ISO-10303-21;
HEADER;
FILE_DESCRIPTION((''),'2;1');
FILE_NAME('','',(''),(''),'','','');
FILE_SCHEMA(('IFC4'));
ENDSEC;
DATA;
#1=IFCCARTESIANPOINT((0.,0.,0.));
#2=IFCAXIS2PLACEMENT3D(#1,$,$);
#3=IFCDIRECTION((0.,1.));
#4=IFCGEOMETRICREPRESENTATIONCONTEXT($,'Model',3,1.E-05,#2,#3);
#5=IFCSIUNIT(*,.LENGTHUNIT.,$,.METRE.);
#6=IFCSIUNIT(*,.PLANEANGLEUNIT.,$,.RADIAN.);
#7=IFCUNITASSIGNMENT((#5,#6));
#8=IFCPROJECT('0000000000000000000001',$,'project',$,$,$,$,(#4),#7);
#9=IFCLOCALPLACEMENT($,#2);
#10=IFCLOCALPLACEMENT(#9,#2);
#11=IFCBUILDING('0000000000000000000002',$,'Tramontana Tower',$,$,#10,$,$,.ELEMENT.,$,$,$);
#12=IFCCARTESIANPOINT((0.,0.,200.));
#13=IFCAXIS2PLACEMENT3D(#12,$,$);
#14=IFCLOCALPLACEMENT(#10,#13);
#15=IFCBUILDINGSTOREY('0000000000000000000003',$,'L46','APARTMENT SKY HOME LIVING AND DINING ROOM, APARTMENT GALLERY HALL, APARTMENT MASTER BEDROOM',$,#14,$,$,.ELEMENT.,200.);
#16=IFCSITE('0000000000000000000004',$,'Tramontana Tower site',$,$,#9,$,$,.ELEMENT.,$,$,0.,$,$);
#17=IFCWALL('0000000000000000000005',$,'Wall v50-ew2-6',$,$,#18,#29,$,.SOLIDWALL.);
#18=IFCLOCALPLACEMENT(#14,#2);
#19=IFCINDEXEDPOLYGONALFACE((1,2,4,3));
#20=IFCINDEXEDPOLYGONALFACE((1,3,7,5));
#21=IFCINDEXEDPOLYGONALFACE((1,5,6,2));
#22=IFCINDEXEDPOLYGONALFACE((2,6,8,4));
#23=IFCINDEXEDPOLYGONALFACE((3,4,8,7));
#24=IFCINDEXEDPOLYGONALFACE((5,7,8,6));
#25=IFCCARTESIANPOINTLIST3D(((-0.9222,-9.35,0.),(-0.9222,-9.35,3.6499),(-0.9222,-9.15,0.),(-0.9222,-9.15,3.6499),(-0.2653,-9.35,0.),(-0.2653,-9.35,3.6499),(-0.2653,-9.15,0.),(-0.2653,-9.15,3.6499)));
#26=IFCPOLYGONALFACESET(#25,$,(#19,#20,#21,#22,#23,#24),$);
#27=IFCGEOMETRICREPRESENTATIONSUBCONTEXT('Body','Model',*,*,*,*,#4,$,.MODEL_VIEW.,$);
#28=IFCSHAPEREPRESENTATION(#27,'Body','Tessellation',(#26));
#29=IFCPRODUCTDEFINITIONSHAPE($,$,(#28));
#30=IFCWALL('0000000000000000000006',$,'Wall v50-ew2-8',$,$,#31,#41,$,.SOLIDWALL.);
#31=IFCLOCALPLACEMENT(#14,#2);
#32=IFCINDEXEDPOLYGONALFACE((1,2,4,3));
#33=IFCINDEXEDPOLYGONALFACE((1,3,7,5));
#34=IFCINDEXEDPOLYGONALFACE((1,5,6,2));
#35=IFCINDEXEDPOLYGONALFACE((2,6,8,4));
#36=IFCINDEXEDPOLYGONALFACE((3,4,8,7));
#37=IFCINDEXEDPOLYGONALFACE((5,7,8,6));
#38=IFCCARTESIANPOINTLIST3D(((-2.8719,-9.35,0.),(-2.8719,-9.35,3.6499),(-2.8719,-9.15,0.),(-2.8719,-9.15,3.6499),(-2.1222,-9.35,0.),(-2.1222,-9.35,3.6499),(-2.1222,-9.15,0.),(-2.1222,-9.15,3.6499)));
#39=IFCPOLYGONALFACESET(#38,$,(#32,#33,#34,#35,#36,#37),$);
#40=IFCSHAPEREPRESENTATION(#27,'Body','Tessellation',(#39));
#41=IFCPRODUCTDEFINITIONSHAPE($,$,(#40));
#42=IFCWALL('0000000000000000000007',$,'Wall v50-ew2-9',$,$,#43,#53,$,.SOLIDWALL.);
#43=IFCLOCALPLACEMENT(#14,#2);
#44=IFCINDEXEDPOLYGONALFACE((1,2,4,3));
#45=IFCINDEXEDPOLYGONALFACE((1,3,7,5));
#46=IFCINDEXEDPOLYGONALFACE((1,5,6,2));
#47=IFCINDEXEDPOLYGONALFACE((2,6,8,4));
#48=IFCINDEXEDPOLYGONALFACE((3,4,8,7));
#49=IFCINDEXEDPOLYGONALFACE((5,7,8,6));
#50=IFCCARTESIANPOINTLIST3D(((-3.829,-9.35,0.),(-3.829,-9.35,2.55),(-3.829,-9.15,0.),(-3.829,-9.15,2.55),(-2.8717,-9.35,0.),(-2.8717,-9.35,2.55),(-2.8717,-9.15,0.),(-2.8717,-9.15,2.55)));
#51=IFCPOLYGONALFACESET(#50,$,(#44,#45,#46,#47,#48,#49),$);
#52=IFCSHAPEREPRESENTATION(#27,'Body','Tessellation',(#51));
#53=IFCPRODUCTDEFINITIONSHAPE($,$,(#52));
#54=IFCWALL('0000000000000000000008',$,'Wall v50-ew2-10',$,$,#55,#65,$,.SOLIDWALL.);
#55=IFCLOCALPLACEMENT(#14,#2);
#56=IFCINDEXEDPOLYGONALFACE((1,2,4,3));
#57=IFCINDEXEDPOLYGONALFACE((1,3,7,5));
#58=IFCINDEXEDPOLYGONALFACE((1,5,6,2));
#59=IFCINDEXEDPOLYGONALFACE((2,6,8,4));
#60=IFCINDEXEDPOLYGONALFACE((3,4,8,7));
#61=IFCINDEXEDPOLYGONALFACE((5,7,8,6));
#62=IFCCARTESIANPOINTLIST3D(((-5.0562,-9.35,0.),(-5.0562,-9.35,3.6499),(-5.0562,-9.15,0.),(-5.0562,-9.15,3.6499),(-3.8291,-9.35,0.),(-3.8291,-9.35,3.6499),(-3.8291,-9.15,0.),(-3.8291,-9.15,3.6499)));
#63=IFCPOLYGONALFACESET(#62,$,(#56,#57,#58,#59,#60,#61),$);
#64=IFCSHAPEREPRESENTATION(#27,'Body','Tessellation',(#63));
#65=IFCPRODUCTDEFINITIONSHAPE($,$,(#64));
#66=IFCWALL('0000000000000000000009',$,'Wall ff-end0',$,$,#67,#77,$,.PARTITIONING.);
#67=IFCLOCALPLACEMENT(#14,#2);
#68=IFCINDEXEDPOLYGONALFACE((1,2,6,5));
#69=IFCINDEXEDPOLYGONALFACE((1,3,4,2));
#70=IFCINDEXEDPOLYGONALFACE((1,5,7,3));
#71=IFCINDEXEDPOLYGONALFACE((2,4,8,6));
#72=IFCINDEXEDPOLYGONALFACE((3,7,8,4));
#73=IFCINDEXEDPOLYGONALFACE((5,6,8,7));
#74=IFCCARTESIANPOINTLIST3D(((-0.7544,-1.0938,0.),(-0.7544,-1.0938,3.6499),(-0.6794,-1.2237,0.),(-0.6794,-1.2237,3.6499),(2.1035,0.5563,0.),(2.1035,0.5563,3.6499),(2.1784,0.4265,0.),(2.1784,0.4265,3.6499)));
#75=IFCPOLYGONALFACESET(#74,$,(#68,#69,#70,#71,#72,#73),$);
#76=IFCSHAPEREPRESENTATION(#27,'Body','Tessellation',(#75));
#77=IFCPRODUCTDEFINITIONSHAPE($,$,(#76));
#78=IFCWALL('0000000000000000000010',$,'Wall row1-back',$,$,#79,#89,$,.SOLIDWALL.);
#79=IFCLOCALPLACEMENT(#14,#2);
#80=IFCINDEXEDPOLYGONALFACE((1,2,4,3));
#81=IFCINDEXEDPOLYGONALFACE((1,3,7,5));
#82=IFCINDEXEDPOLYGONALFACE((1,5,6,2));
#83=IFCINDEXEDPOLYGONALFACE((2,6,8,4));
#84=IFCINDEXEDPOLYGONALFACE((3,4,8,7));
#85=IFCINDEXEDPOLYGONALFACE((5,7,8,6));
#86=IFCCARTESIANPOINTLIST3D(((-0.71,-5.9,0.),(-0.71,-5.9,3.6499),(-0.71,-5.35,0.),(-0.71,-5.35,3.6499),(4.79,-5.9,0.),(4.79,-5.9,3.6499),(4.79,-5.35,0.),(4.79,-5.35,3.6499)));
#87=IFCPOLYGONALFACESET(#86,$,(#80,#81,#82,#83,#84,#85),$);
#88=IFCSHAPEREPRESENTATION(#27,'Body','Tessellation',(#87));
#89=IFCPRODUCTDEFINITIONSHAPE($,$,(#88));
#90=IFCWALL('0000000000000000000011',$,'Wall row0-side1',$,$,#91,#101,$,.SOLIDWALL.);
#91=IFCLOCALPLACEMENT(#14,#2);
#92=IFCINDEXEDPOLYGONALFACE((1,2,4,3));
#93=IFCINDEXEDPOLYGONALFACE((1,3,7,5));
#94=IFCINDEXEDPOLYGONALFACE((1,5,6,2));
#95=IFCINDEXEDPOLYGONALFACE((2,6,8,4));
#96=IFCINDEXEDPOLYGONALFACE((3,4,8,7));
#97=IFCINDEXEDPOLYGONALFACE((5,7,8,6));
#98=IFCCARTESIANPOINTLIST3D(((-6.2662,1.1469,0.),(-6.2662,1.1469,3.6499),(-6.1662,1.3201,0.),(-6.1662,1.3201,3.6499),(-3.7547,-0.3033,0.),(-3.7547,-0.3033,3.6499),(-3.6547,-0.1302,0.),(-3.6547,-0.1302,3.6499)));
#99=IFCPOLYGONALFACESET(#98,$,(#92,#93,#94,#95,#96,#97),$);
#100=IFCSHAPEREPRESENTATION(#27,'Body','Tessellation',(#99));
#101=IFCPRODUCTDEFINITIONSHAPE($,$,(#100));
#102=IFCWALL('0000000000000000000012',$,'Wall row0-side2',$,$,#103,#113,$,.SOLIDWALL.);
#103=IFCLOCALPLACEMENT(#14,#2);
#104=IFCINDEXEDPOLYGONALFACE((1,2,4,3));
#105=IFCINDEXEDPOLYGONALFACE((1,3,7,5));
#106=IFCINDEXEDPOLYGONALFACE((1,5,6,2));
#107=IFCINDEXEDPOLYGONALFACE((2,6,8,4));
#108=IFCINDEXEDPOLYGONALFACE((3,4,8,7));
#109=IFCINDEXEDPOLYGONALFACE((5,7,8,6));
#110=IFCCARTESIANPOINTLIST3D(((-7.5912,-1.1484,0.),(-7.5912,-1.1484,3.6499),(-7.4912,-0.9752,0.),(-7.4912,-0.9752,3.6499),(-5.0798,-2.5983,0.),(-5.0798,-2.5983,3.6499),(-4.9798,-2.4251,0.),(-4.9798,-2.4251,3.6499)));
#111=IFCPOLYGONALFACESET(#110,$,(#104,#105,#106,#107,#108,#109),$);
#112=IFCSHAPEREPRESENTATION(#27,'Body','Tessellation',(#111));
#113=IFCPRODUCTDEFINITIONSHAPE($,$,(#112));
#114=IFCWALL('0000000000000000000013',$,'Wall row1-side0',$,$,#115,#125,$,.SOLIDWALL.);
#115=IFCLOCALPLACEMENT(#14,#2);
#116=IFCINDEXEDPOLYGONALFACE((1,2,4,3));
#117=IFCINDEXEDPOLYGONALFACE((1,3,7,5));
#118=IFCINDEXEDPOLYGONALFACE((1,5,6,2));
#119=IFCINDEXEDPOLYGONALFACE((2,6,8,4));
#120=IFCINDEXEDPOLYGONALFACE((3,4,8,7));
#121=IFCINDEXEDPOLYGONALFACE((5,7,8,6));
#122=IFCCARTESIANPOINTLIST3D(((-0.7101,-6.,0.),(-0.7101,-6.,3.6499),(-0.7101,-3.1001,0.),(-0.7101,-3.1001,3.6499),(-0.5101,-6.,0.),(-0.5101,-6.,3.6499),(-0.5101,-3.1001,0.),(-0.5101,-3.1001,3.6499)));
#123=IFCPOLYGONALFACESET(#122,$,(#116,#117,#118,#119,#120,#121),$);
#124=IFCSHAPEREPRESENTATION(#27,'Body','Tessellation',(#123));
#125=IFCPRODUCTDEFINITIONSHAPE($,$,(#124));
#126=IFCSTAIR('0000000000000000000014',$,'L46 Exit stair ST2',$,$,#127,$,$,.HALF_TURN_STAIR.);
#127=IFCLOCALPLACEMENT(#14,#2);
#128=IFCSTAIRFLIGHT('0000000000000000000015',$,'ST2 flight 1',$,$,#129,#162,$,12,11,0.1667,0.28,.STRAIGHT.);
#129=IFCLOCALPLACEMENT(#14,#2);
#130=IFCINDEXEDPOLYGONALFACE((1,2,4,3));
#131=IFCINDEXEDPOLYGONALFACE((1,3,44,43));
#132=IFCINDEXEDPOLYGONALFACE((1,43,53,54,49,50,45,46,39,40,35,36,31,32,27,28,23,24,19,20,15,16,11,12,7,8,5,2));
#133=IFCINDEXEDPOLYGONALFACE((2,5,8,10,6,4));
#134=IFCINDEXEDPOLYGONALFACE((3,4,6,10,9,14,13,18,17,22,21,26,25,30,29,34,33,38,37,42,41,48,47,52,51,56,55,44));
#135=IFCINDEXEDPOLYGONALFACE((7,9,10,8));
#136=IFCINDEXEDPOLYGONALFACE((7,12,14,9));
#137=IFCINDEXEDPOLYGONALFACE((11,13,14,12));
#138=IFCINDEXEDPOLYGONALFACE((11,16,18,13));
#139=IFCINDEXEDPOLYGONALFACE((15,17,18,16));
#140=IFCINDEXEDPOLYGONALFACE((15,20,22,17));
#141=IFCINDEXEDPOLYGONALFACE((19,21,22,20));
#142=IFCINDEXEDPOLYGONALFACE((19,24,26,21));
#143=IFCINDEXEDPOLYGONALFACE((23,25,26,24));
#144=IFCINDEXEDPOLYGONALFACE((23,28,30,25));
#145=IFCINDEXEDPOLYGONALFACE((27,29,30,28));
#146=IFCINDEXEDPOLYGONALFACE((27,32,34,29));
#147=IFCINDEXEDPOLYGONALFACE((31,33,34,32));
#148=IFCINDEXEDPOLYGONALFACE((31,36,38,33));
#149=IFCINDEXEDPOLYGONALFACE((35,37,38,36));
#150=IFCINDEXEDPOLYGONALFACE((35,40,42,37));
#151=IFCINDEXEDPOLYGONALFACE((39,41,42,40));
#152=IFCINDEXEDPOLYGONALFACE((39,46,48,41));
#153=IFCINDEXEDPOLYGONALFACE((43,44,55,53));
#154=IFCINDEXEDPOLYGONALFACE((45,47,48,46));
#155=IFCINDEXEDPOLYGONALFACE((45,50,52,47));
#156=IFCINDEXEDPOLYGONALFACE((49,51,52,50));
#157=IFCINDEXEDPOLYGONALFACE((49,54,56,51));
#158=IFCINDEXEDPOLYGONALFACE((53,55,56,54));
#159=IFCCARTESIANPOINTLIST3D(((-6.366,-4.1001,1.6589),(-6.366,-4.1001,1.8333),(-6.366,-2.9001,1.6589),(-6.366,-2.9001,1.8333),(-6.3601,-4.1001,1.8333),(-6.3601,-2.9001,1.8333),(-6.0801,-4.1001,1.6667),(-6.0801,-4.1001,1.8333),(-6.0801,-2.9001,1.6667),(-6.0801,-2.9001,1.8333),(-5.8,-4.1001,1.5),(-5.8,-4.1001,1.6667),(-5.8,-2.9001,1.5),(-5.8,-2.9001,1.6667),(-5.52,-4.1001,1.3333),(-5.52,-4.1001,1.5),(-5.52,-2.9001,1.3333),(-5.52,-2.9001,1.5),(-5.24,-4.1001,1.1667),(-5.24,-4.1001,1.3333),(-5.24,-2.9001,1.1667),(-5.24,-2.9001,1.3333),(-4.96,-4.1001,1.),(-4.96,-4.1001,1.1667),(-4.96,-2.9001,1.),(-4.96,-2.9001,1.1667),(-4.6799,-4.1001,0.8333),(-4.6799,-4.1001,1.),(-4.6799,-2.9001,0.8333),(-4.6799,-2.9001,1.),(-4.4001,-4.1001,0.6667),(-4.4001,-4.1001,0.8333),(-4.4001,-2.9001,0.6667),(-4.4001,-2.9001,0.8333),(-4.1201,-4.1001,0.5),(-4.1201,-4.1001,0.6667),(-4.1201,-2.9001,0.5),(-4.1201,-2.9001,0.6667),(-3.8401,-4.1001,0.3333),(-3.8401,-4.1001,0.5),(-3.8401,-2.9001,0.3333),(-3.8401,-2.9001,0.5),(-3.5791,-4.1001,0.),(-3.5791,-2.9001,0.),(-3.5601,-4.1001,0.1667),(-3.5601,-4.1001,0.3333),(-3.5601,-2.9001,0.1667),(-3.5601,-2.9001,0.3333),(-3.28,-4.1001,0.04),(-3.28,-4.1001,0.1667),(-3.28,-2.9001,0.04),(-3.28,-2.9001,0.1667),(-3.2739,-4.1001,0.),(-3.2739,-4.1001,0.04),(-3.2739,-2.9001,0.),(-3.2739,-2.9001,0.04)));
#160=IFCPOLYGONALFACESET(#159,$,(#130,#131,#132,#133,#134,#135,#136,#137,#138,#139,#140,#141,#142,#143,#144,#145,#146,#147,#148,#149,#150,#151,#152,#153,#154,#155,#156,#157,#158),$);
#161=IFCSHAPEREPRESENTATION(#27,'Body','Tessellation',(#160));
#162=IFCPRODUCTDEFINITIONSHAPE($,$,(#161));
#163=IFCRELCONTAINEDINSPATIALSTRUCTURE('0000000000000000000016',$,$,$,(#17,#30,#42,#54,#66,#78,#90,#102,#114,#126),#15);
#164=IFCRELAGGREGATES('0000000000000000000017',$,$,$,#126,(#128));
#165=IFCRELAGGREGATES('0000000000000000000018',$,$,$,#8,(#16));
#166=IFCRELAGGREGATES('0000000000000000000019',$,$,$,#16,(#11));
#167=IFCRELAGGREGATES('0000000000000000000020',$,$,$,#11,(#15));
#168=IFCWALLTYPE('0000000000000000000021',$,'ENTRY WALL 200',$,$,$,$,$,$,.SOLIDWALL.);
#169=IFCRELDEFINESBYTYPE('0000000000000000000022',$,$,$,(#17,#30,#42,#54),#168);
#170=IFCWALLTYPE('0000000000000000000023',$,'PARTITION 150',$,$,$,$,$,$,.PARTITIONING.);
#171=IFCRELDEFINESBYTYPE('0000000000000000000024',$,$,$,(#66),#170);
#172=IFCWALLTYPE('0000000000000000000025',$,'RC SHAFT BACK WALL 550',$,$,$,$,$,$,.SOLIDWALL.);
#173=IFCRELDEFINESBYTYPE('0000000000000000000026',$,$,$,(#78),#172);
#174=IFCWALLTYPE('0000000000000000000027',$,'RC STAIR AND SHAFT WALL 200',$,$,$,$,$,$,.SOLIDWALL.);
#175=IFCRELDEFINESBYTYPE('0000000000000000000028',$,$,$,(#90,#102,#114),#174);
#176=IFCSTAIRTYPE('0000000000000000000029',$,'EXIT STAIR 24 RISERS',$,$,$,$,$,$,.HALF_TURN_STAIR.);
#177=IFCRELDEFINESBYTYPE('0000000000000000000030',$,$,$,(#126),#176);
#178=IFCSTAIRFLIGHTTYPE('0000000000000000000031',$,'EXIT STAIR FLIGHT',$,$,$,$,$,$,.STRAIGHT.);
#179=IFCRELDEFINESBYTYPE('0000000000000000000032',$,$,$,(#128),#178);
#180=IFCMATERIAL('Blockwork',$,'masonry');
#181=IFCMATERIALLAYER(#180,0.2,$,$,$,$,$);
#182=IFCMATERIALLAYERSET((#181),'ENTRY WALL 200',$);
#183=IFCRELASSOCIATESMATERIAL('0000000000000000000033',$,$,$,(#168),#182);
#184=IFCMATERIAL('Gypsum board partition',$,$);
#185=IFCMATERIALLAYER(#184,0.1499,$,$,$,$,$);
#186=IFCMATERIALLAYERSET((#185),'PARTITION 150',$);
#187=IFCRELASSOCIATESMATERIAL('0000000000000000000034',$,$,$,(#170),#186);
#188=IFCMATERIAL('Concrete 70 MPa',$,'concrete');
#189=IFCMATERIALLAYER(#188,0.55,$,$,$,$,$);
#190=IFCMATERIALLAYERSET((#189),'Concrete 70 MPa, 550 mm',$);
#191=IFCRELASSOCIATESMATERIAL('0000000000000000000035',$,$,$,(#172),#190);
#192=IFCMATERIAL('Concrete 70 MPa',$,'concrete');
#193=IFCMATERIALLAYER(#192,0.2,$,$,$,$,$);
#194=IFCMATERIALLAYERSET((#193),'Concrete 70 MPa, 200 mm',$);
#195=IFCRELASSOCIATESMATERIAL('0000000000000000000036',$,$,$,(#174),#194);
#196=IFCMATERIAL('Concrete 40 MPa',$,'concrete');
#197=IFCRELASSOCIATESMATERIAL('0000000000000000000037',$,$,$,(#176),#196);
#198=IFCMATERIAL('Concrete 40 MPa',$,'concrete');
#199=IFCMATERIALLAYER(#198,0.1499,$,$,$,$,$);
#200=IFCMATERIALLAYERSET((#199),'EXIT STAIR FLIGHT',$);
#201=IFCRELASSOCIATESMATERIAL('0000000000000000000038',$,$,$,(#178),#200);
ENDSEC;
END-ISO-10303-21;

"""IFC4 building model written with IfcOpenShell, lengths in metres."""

from ifc_helpers import new_model, si_unit, direction, frame, frame_2d, origin, place, context, subcontext, project, spatial, polyline, rectangle, outline, extrude, material, layer, layer_set, type_object, element, aggregate, save


model = new_model("IFC4")

# Units and contexts
model_context = context("Model", 3, precision=1e-05, world=origin(), true_north=direction((0.0, 1.0)))
body_context = subcontext(model_context, "Body", "Model", "MODEL_VIEW")
ifc_project = project(units=[si_unit("LENGTHUNIT", "METRE"), si_unit("PLANEANGLEUNIT", "RADIAN")], contexts=[model_context])

# Site, building, storey
site_placement = place(None, origin())
site = spatial("IfcSite", under=ifc_project, at=site_placement, Name="Tramontana Tower site", CompositionType="ELEMENT", RefElevation=0.0)
building_placement = place(site_placement, origin())
building = spatial("IfcBuilding", under=site, at=building_placement, Name="Tramontana Tower", CompositionType="ELEMENT")
storey_placement = place(building_placement, frame((0.0, 0.0, 200.0)))
storey = spatial("IfcBuildingStorey", under=building, at=storey_placement, Name="L46", Description="APARTMENT SKY HOME LIVING AND DINING ROOM, APARTMENT GALLERY HALL, APARTMENT MASTER BEDROOM", CompositionType="ELEMENT", Elevation=200.0)

# Wall
ifc_material_1 = material(Name="Blockwork", Category="masonry")
ifc_layer_1 = layer(ifc_material_1, 0.2)
ifc_layer_set_1 = layer_set([ifc_layer_1], Name="ENTRY WALL 200")
wall_type_1 = type_object("IfcWallType", Name="ENTRY WALL 200", PredefinedType="SOLIDWALL", material=ifc_layer_set_1)
wall_1_placement = place(storey_placement, frame((-0.2651, -9.25, 0.0), z_axis=(0.0, 0.0, 1.0), x_axis=(-1.0, 0.0, 0.0)))
element("IfcWall", 1, at=wall_1_placement, inside=storey, type_object=wall_type_1, Name="Wall v50-ew2-6", PredefinedType="SOLIDWALL", context=body_context, shape_type="SweptSolid", body=[
    extrude(rectangle(XDim=0.657, YDim=0.2, at=frame_2d((0.3286, 0.0))), origin(), (0.0, 0.0, 1.0), 3.6499),
])

# Walls
wall_2_placement = place(storey_placement, frame((-2.1221, -9.25, 0.0), z_axis=(0.0, 0.0, 1.0), x_axis=(-1.0, 0.0, 0.0)))
element("IfcWall", 2, at=wall_2_placement, inside=storey, type_object=wall_type_1, Name="Wall v50-ew2-8", PredefinedType="SOLIDWALL", context=body_context, shape_type="SweptSolid", body=[
    extrude(rectangle(XDim=0.7498, YDim=0.2, at=frame_2d((0.375, 0.0))), origin(), (0.0, 0.0, 1.0), 3.6499),
])
wall_3_placement = place(storey_placement, frame((-2.8718, -9.25, 0.0), z_axis=(0.0, 0.0, 1.0), x_axis=(-1.0, 0.0, 0.0)))
element("IfcWall", 3, at=wall_3_placement, inside=storey, type_object=wall_type_1, Name="Wall v50-ew2-9", PredefinedType="SOLIDWALL", context=body_context, shape_type="SweptSolid", body=[
    extrude(rectangle(XDim=0.9573, YDim=0.2, at=frame_2d((0.4785, 0.0))), origin(), (0.0, 0.0, 1.0), 2.55),
])
wall_4_placement = place(storey_placement, frame((-3.8291, -9.25, 0.0), z_axis=(0.0, 0.0, 1.0), x_axis=(-1.0, 0.0, 0.0)))
element("IfcWall", 4, at=wall_4_placement, inside=storey, type_object=wall_type_1, Name="Wall v50-ew2-10", PredefinedType="SOLIDWALL", context=body_context, shape_type="SweptSolid", body=[
    extrude(rectangle(XDim=1.2271, YDim=0.2, at=frame_2d((0.6135, 0.0))), origin(), (0.0, 0.0, 1.0), 3.6499),
])

# Shared definitions
ifc_material_2 = material(Name="Gypsum board partition")
ifc_layer_2 = layer(ifc_material_2, 0.1499)
ifc_layer_set_2 = layer_set([ifc_layer_2], Name="PARTITION 150")
wall_type_2 = type_object("IfcWallType", Name="PARTITION 150", PredefinedType="PARTITIONING", material=ifc_layer_set_2)

# Walls
wall_5_placement = place(storey_placement, frame((-0.7168, -1.1587, 0.0), z_axis=(0.0, 0.0, 1.0), x_axis=(0.866008, 0.50003, 0.0)))
element("IfcWall", 5, at=wall_5_placement, inside=storey, type_object=wall_type_2, Name="Wall ff-end0", PredefinedType="PARTITIONING", context=body_context, shape_type="SweptSolid", body=[
    extrude(rectangle(XDim=3.3, YDim=0.1499, at=frame_2d((1.6499, 0.0))), origin(), (0.0, 0.0, 1.0), 3.6499),
])
ifc_material_3 = material(Name="Concrete 70 MPa", Category="concrete")
ifc_layer_3 = layer(ifc_material_3, 0.55)
ifc_layer_set_3 = layer_set([ifc_layer_3], Name="Concrete 70 MPa, 550 mm")
wall_type_3 = type_object("IfcWallType", Name="RC SHAFT BACK WALL 550", PredefinedType="SOLIDWALL", material=ifc_layer_set_3)
wall_6_placement = place(storey_placement, frame((-0.71, -5.625, 0.0), z_axis=(0.0, 0.0, 1.0), x_axis=(1.0, 0.0, 0.0)))
element("IfcWall", 6, at=wall_6_placement, inside=storey, type_object=wall_type_3, Name="Wall row1-back", PredefinedType="SOLIDWALL", context=body_context, shape_type="SweptSolid", body=[
    extrude(rectangle(XDim=5.5, YDim=0.55, at=frame_2d((2.75, 0.0))), origin(), (0.0, 0.0, 1.0), 3.6499),
])

# Shared definitions
ifc_material_4 = material(Name="Concrete 70 MPa", Category="concrete")
ifc_layer_4 = layer(ifc_material_4, 0.2)
ifc_layer_set_4 = layer_set([ifc_layer_4], Name="Concrete 70 MPa, 200 mm")
wall_type_4 = type_object("IfcWallType", Name="RC STAIR AND SHAFT WALL 200", PredefinedType="SOLIDWALL", material=ifc_layer_set_4)

# Walls
wall_7_placement = place(storey_placement, frame((-3.7046, -0.2168, 0.0), z_axis=(0.0, 0.0, 1.0), x_axis=(-0.865996, 0.50005, 0.0)))
element("IfcWall", 7, at=wall_7_placement, inside=storey, type_object=wall_type_4, Name="Wall row0-side1", PredefinedType="SOLIDWALL", context=body_context, shape_type="SweptSolid", body=[
    extrude(rectangle(XDim=2.9001, YDim=0.2, at=frame_2d((1.4502, 0.0))), origin(), (0.0, 0.0, 1.0), 3.6499),
])
for number, where, z_axis, x_axis, name in (
    (8, (-5.0298, -2.5117, 0.0), (0.0, 0.0, 1.0), (-0.866033, 0.499987, 0.0), "Wall row0-side2"),
    (9, (-0.6101, -3.1001, 0.0), (0.0, 0.0, 1.0), (0.0, -1.0, 0.0), "Wall row1-side0"),
):
    element("IfcWall", number, at=place(storey_placement, frame(where, z_axis=z_axis, x_axis=x_axis)), inside=storey, type_object=wall_type_4, Name=name, PredefinedType="SOLIDWALL", context=body_context, shape_type="SweptSolid", body=[
        extrude(rectangle(XDim=2.8999, YDim=0.2, at=frame_2d((1.45, 0.0))), origin(), (0.0, 0.0, 1.0), 3.6499),
    ])

# Stair, stair flight
ifc_material_5 = material(Name="Concrete 40 MPa", Category="concrete")
stair_type = type_object("IfcStairType", Name="EXIT STAIR 24 RISERS", PredefinedType="HALF_TURN_STAIR", material=ifc_material_5)
stair_placement = place(storey_placement, origin())
stair = element("IfcStair", 10, at=stair_placement, inside=storey, type_object=stair_type, Name="L46 Exit stair ST2", PredefinedType="HALF_TURN_STAIR")
ifc_material_6 = material(Name="Concrete 40 MPa", Category="concrete")
ifc_layer_5 = layer(ifc_material_6, 0.1499)
ifc_layer_set_5 = layer_set([ifc_layer_5], Name="EXIT STAIR FLIGHT")
stair_flight_type = type_object("IfcStairFlightType", Name="EXIT STAIR FLIGHT", PredefinedType="STRAIGHT", material=ifc_layer_set_5)
stair_flight_1_placement = place(storey_placement, frame((-3.28, -3.5, 0.0), z_axis=(0.0, 0.0, 1.0), x_axis=(-1.0, 0.0, 0.0)))
stair_flight_1 = element("IfcStairFlight", 11, at=stair_flight_1_placement, type_object=stair_flight_type, Name="ST2 flight 1", NumberOfRisers=12, NumberOfTreads=11, PredefinedType="STRAIGHT", RiserHeight=0.1667, TreadLength=0.28, context=body_context, shape_type="SweptSolid", body=[
    extrude(outline(polyline([(-0.0061, 0.0), (-0.0061, 0.04), (0.0, 0.04), (0.0, 0.1667), (0.28, 0.1667), (0.28, 0.3333), (0.5601, 0.3333), (0.5601, 0.5), (0.8401, 0.5), (0.8401, 0.6667), (1.1201, 0.6667), (1.1201, 0.8333), (1.3999, 0.8333), (1.3999, 1.0), (1.6799, 1.0), (1.6799, 1.1667), (1.96, 1.1667), (1.96, 1.3333), (2.24, 1.3333), (2.24, 1.5), (2.52, 1.5), (2.52, 1.6667), (2.8, 1.6667), (2.8, 1.8333), (3.0801, 1.8333), (3.0859, 1.8333), (3.0859, 1.6589), (0.2991, 0.0), (-0.0061, 0.0)])), frame((0.0, 0.6001, 0.0), z_axis=(0.0, -1.0, 0.0), x_axis=(1.0, 0.0, 0.0)), (0.0, 0.0, 1.0), 1.2),
])
aggregate(stair, [stair_flight_1])

save(model, "model.ifc")
